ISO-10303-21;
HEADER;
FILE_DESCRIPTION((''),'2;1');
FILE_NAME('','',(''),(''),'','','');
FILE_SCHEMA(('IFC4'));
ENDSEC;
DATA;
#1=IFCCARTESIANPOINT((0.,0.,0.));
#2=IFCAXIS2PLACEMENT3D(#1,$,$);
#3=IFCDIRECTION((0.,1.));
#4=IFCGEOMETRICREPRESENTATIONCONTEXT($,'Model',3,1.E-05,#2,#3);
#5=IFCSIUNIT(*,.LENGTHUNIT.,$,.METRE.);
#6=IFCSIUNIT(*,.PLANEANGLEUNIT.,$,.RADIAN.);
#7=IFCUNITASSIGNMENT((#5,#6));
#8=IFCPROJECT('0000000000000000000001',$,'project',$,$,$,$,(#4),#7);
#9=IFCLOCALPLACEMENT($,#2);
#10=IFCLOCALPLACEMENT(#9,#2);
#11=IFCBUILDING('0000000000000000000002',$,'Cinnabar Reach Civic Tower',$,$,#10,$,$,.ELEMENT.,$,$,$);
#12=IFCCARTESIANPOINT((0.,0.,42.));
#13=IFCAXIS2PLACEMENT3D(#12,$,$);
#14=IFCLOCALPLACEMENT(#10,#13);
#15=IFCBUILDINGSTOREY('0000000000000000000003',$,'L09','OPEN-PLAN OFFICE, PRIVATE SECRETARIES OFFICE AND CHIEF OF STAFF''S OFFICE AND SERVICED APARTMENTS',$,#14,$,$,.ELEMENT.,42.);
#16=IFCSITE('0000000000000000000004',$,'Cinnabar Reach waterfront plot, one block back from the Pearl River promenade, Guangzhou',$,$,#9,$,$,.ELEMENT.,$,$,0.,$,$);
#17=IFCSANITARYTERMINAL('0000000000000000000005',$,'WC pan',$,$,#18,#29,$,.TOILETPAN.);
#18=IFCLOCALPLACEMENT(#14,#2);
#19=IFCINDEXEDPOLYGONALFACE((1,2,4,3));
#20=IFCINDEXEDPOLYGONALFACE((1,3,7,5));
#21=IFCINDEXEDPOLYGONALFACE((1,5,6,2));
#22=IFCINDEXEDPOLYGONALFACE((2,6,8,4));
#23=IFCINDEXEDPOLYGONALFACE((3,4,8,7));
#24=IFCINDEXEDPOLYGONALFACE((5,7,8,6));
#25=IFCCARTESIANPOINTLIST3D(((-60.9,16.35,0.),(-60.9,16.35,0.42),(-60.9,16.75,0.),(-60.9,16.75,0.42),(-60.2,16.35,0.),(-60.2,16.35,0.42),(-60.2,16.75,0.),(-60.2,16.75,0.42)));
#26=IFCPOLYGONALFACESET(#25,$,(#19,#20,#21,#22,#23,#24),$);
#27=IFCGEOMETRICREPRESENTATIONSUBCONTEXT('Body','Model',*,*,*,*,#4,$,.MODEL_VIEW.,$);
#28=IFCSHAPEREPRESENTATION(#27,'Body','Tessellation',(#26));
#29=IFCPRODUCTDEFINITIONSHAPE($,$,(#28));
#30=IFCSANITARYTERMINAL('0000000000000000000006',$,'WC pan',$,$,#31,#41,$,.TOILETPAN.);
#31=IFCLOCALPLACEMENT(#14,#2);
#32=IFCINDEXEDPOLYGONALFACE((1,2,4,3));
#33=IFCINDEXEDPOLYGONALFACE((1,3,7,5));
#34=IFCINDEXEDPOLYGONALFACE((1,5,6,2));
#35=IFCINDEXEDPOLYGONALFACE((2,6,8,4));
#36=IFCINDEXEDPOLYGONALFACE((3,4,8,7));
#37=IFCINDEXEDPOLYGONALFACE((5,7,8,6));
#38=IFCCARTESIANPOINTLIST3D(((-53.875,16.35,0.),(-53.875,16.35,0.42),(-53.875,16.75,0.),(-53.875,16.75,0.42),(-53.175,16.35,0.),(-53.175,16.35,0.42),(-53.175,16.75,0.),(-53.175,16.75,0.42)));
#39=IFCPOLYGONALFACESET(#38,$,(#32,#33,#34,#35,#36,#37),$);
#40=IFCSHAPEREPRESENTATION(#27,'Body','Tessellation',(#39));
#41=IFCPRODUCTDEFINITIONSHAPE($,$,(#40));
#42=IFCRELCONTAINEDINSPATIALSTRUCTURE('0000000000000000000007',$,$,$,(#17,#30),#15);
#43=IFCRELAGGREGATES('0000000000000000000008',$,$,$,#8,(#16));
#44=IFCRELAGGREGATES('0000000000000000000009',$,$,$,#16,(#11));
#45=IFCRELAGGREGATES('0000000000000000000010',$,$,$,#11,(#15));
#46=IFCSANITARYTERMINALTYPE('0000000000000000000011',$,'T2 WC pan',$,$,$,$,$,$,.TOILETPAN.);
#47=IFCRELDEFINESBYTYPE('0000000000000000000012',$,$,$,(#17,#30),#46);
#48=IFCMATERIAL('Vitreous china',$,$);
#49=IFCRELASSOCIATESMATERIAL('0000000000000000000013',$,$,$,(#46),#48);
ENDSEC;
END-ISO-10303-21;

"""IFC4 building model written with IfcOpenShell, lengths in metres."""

from ifc_helpers import new_model, si_unit, direction, frame, origin, origin_2d, place, context, subcontext, project, spatial, rectangle, extrude, material, type_object, element, save


model = new_model("IFC4")

# Units and contexts
model_context = context("Model", 3, precision=1e-05, world=origin(), true_north=direction((0.0, 1.0)))
body_context = subcontext(model_context, "Body", "Model", "MODEL_VIEW")
ifc_project = project(units=[si_unit("LENGTHUNIT", "METRE"), si_unit("PLANEANGLEUNIT", "RADIAN")], contexts=[model_context])

# Site, building, storey
site_placement = place(None, origin())
site = spatial("IfcSite", under=ifc_project, at=site_placement, Name="Cinnabar Reach waterfront plot, one block back from the Pearl River promenade, Guangzhou", CompositionType="ELEMENT", RefElevation=0.0)
building_placement = place(site_placement, origin())
building = spatial("IfcBuilding", under=site, at=building_placement, Name="Cinnabar Reach Civic Tower", CompositionType="ELEMENT")
storey_placement = place(building_placement, frame((0.0, 0.0, 42.0)))
storey = spatial("IfcBuildingStorey", under=building, at=storey_placement, Name="L09", Description="OPEN-PLAN OFFICE, PRIVATE SECRETARIES OFFICE AND CHIEF OF STAFF'S OFFICE AND SERVICED APARTMENTS", CompositionType="ELEMENT", Elevation=42.0)

# Sanitary terminals
ifc_material_1 = material(Name="Vitreous china")
sanitary_terminal_type_1 = type_object("IfcSanitaryTerminalType", Name="T2 WC pan", PredefinedType="TOILETPAN", material=ifc_material_1)
for number, where, z_axis, x_axis, name in (
    (1, (-60.55, 16.55, 0.0), (0.0, 0.0, 1.0), (1.0, 0.0, 0.0), "WC pan"),
    (2, (-53.525, 16.55, 0.0), (0.0, 0.0, 1.0), (1.0, 0.0, 0.0), "WC pan"),
):
    element("IfcSanitaryTerminal", number, at=place(storey_placement, frame(where, z_axis=z_axis, x_axis=x_axis)), inside=storey, type_object=sanitary_terminal_type_1, Name=name, PredefinedType="TOILETPAN", context=body_context, shape_type="SweptSolid", body=[
        extrude(rectangle(XDim=0.7, YDim=0.4, at=origin_2d()), origin(), (0.0, 0.0, 1.0), 0.42),
    ])

save(model, "model.ifc")
